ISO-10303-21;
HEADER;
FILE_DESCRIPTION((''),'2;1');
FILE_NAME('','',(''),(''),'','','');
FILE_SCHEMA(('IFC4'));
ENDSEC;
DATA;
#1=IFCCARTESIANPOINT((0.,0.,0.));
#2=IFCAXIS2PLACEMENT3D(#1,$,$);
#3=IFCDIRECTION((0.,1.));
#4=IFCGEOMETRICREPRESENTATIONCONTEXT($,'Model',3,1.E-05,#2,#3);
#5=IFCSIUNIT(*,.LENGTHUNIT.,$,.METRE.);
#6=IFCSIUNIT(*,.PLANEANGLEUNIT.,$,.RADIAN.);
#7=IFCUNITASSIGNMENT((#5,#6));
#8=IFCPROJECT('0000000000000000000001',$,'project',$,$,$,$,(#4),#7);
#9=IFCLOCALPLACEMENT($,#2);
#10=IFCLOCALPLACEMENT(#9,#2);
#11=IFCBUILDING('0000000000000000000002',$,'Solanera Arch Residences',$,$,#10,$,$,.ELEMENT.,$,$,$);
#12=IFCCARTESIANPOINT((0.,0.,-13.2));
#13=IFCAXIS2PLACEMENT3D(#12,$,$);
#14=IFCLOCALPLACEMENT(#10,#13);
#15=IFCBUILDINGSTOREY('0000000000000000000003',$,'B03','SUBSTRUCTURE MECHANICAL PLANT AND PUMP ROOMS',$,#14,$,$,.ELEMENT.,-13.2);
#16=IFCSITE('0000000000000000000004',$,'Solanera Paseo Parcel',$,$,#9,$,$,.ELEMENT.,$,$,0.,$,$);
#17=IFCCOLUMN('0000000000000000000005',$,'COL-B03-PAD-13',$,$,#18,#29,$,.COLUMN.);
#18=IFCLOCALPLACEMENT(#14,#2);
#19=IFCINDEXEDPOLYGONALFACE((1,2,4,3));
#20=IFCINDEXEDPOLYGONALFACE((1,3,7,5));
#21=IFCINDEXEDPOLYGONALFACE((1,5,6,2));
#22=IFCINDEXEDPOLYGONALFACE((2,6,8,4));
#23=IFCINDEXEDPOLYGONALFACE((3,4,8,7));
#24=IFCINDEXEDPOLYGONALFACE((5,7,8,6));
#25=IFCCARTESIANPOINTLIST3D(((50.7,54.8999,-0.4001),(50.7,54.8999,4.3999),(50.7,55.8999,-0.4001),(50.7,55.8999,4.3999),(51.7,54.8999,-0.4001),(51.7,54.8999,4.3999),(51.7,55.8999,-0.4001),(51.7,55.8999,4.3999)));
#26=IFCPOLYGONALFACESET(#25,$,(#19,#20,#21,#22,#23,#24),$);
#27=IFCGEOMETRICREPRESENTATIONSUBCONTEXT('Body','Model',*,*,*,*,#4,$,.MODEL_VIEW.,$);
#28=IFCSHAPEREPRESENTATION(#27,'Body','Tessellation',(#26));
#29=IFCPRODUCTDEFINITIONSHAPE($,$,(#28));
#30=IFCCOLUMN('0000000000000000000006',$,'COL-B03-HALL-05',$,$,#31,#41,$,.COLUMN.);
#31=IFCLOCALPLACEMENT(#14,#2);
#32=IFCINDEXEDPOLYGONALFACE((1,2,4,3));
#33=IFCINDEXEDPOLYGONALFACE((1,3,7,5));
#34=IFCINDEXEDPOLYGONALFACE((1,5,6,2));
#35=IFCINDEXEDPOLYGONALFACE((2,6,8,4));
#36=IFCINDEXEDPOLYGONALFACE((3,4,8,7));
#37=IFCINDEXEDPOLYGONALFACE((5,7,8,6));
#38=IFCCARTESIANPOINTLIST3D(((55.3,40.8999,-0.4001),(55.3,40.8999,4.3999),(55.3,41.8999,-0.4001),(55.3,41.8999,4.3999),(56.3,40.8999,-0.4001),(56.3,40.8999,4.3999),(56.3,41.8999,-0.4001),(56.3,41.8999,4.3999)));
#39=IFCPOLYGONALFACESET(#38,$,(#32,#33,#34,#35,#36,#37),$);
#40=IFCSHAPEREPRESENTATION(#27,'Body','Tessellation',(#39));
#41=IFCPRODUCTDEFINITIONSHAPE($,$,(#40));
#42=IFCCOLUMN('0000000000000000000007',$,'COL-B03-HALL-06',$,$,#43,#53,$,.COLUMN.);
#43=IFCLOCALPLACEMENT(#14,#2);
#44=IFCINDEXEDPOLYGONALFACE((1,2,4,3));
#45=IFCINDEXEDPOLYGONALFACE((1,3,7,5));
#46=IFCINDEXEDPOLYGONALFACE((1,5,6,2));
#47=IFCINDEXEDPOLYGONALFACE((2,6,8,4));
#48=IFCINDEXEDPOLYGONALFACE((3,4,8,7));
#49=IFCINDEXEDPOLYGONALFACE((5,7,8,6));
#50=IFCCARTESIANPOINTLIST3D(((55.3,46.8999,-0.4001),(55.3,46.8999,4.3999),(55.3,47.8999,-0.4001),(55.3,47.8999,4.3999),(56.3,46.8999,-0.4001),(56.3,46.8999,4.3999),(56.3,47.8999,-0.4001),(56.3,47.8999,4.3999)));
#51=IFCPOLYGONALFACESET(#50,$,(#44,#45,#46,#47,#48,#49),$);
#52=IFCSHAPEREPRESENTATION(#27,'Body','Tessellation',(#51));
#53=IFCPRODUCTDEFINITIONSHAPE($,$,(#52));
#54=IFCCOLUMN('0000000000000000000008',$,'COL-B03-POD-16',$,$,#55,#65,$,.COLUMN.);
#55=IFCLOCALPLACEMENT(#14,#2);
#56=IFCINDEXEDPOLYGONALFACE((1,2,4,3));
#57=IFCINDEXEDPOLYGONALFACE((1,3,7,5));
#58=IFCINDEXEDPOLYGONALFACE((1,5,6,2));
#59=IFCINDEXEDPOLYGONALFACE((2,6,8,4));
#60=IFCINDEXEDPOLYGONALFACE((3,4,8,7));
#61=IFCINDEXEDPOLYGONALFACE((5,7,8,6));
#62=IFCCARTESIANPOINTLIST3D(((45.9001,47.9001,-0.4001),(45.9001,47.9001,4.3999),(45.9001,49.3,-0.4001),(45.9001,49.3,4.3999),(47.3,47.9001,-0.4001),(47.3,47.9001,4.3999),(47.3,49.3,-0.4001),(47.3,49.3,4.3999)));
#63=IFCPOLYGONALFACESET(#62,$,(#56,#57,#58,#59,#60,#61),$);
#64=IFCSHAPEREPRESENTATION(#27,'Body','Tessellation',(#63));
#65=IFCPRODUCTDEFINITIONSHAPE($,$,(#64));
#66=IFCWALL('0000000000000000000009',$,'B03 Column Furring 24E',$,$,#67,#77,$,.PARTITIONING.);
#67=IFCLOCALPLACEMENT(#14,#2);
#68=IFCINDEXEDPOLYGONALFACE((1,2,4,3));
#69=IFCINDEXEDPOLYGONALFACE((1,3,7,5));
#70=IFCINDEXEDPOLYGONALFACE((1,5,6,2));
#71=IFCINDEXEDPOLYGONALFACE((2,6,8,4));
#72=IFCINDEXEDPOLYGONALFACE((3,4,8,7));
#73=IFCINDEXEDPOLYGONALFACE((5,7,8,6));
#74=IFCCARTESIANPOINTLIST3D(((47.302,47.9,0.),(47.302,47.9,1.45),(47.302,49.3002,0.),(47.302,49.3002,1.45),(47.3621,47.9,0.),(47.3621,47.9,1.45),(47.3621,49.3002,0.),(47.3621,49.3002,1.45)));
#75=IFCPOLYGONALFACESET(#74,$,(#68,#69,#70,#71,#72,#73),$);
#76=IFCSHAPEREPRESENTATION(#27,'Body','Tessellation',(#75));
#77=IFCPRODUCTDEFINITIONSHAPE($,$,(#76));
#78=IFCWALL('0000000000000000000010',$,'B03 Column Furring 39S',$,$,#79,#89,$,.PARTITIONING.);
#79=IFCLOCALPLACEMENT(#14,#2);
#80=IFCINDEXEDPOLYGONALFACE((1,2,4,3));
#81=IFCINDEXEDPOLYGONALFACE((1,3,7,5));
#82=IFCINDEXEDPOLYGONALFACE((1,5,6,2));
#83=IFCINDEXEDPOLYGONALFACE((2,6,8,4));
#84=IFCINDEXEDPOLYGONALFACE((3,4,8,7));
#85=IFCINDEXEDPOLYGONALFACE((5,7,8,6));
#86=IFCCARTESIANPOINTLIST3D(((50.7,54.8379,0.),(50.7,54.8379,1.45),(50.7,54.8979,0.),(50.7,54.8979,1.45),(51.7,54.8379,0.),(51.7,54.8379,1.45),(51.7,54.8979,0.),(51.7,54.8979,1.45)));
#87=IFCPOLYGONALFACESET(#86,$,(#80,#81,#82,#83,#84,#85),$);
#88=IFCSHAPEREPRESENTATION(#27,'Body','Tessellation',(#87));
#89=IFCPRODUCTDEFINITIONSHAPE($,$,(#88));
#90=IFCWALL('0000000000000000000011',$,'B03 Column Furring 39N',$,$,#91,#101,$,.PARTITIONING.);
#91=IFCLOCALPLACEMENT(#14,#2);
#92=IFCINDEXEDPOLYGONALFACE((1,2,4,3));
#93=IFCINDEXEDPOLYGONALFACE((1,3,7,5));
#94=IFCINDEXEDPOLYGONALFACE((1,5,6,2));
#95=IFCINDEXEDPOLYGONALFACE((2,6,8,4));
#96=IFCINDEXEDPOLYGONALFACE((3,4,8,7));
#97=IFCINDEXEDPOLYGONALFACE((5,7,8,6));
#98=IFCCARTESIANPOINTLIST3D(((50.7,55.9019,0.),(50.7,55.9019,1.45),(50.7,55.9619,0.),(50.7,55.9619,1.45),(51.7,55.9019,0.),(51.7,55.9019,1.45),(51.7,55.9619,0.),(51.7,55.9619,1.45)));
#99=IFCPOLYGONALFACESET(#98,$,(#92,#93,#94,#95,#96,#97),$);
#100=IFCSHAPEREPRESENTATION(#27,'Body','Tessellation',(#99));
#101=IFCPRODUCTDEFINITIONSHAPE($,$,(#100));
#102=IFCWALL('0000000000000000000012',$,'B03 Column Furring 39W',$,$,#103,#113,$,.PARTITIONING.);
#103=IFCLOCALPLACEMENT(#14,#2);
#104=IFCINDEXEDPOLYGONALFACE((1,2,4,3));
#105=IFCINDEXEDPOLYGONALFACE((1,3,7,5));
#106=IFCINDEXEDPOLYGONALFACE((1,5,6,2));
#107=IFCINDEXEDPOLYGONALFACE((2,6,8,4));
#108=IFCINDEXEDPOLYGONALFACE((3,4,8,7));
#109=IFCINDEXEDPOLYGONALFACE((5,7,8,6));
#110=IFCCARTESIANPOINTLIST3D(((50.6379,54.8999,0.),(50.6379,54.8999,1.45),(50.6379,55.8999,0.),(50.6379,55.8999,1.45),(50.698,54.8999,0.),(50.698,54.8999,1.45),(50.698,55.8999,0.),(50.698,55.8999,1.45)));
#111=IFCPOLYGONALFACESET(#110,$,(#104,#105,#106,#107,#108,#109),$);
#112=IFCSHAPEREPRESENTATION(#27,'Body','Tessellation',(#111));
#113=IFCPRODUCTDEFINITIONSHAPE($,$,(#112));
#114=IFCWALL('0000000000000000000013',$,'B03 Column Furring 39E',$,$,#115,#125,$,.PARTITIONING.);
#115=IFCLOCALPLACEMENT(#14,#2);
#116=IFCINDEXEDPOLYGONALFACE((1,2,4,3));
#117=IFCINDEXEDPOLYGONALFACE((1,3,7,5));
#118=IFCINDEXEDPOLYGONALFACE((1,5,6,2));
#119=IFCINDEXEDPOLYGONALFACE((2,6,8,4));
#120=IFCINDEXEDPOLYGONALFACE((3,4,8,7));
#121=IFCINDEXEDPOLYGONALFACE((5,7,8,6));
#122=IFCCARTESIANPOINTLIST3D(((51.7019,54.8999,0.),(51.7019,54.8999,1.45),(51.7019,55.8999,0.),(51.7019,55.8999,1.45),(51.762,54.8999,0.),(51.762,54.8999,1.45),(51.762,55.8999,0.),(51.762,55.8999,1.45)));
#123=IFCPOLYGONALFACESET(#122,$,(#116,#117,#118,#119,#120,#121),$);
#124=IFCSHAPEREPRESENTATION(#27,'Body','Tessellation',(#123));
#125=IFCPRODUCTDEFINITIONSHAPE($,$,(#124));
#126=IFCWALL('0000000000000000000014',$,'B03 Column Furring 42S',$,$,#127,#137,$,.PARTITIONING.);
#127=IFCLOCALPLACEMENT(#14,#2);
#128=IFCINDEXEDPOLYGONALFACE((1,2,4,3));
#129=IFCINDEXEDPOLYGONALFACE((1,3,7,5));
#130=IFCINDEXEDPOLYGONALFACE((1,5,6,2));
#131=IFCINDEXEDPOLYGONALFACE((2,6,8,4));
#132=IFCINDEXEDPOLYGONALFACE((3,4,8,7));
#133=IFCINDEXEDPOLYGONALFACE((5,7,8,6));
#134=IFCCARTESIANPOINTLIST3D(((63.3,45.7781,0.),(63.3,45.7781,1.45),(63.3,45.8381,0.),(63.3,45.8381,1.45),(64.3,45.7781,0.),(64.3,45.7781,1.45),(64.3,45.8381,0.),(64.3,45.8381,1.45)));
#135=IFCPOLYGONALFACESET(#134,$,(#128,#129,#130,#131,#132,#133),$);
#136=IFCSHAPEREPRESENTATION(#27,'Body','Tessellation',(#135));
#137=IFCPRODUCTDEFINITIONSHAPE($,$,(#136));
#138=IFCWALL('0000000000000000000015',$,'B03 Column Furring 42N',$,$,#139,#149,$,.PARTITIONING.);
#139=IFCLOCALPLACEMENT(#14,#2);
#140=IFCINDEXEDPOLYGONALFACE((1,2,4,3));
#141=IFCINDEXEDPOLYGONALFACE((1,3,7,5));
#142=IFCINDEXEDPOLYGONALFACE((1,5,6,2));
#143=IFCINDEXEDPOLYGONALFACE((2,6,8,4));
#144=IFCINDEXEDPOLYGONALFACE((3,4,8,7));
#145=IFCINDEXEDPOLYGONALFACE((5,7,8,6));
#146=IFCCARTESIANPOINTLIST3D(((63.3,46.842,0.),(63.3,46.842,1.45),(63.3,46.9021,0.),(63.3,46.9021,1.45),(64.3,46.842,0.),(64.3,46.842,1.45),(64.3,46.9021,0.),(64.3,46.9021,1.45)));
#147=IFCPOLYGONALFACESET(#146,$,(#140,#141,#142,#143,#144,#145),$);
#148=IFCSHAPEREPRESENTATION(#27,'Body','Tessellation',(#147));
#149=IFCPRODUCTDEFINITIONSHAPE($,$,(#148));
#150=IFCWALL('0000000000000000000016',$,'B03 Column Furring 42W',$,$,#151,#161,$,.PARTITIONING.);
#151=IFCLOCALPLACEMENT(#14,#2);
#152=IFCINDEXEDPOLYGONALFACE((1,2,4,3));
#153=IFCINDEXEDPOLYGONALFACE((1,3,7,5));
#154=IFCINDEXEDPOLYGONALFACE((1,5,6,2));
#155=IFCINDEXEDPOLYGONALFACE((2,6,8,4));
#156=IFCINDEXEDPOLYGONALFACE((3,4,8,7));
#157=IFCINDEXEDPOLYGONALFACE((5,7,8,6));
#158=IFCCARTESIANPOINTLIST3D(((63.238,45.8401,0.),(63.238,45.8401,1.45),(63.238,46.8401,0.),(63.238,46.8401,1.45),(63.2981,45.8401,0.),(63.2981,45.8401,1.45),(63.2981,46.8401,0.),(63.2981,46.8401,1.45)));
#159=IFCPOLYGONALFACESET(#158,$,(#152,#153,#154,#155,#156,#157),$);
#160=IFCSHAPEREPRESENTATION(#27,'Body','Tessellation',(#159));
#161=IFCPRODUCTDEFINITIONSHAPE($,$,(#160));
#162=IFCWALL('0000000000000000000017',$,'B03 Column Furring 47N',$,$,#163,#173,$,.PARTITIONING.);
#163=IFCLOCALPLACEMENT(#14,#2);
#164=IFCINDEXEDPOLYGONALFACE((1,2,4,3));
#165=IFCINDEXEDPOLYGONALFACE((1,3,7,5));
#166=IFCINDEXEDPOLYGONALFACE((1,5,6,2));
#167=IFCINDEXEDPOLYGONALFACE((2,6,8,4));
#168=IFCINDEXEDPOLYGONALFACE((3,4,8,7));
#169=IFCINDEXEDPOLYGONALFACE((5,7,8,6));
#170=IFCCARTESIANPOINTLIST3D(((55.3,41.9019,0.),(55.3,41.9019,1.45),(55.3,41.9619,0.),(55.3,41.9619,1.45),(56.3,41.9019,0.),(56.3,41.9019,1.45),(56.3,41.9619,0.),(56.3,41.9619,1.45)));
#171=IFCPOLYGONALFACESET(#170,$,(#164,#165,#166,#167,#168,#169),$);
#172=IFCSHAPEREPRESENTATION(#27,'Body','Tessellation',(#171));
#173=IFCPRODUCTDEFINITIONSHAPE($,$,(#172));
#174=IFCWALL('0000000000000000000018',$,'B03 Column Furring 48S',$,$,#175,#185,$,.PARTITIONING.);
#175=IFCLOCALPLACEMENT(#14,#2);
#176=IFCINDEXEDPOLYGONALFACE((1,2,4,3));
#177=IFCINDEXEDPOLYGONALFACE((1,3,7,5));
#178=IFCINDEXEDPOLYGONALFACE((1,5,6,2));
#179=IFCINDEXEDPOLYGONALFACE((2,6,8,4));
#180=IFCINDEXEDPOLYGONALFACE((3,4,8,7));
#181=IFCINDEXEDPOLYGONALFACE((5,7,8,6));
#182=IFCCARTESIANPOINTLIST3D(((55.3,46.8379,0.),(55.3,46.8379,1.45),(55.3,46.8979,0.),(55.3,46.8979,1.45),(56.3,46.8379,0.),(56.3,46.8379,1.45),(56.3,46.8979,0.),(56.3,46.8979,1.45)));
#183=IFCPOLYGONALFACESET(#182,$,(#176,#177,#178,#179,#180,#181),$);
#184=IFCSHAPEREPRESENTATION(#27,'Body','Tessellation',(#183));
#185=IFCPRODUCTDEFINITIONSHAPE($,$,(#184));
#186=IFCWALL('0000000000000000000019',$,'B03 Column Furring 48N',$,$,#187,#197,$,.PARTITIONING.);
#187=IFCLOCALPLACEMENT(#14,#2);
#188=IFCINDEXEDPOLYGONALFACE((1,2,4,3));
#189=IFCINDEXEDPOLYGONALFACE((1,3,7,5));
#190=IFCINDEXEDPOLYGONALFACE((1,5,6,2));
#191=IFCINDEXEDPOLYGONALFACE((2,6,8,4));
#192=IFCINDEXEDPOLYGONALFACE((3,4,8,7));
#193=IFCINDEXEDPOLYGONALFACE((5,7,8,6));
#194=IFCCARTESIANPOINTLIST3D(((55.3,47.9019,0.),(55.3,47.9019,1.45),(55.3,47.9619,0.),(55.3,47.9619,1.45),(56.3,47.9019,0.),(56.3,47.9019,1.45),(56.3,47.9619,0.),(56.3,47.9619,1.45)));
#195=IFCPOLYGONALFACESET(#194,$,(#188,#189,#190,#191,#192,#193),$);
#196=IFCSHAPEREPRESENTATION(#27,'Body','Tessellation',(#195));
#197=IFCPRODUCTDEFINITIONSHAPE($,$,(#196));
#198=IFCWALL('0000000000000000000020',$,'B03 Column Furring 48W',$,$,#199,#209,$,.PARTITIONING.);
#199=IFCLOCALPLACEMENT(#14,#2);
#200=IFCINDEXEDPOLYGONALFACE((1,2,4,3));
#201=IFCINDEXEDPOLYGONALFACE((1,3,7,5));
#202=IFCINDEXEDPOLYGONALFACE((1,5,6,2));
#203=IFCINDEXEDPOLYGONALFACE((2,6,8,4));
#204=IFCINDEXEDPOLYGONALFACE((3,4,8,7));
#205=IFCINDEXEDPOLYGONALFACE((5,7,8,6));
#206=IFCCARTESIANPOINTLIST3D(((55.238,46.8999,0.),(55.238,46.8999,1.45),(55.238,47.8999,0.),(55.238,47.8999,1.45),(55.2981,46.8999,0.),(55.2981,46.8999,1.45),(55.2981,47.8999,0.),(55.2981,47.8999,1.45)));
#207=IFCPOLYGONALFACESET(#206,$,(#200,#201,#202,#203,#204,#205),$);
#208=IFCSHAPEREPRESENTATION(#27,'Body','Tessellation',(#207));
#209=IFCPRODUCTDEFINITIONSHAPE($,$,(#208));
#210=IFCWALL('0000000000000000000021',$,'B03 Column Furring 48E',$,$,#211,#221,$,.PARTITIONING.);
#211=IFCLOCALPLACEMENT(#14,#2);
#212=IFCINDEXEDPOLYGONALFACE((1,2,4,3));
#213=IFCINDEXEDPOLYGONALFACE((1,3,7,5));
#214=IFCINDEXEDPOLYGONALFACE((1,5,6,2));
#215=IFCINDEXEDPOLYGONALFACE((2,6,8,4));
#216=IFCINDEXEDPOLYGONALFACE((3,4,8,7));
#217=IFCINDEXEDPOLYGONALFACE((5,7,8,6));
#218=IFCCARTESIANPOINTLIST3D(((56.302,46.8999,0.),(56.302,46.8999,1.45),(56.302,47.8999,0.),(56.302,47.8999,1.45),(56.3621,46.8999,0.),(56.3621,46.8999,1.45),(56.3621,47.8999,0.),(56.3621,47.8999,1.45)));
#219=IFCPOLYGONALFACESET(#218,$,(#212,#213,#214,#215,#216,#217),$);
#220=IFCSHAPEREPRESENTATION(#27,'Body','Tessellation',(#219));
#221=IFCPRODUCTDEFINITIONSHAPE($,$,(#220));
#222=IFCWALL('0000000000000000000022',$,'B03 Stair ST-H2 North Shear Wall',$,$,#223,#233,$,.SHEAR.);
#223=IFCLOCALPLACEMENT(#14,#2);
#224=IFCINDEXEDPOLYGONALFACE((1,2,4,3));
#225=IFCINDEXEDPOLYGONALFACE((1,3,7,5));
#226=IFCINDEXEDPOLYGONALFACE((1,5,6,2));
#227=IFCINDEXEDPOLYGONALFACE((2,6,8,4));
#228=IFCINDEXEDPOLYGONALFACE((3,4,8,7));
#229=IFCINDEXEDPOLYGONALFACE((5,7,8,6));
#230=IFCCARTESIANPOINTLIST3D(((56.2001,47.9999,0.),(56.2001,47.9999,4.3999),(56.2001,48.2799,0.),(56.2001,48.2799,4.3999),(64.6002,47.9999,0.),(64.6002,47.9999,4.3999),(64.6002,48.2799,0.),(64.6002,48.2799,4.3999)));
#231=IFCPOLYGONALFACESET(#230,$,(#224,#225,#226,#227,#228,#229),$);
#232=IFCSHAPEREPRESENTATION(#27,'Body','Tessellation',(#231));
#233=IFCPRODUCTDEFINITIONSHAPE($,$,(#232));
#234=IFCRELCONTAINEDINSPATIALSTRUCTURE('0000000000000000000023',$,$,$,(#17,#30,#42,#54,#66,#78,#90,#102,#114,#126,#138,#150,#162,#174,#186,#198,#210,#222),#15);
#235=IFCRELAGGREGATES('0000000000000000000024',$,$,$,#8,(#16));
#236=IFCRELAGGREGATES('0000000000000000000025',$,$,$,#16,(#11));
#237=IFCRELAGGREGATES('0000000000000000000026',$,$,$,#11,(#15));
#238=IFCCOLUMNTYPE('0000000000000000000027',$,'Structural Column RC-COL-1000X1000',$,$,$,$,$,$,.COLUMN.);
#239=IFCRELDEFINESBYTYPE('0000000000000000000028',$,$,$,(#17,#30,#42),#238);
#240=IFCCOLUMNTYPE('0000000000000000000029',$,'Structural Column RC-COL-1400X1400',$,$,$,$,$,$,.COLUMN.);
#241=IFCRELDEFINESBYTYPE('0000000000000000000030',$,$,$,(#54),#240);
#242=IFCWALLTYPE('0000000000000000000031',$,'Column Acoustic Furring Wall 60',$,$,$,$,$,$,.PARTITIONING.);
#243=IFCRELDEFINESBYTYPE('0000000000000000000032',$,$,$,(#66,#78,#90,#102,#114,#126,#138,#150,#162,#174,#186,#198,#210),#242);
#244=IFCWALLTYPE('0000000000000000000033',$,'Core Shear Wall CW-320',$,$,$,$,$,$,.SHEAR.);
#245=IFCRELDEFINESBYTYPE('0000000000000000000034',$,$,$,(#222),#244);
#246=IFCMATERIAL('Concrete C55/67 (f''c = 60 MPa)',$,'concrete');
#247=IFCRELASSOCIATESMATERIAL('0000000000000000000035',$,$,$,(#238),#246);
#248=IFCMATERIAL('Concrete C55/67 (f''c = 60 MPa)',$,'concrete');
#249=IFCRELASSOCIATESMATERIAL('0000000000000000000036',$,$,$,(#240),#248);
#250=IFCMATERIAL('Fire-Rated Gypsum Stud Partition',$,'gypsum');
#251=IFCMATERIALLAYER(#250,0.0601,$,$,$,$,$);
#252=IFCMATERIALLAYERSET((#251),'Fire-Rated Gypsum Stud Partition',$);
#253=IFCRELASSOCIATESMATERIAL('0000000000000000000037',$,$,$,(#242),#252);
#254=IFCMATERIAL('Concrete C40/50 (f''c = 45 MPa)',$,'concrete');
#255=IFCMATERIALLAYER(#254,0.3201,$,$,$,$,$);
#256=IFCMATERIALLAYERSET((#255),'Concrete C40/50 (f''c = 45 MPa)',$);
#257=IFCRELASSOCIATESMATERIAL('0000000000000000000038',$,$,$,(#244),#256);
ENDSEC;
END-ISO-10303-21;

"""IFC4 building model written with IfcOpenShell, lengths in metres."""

from ifc_helpers import new_model, si_unit, direction, frame, frame_2d, origin, origin_2d, place, context, subcontext, project, spatial, rectangle, extrude, material, layer, layer_set, material_profile, profile_set, type_object, element, save


model = new_model("IFC4")

# Units and contexts
model_context = context("Model", 3, precision=1e-05, world=origin(), true_north=direction((0.0, 1.0)))
body_context = subcontext(model_context, "Body", "Model", "MODEL_VIEW")
ifc_project = project(units=[si_unit("LENGTHUNIT", "METRE"), si_unit("PLANEANGLEUNIT", "RADIAN")], contexts=[model_context])

# Site, building, storey
site_placement = place(None, origin())
site = spatial("IfcSite", under=ifc_project, at=site_placement, Name="Solanera Paseo Parcel", CompositionType="ELEMENT", RefElevation=0.0)
building_placement = place(site_placement, origin())
building = spatial("IfcBuilding", under=site, at=building_placement, Name="Solanera Arch Residences", CompositionType="ELEMENT")
storey_placement = place(building_placement, frame((0.0, 0.0, -13.2)))
storey = spatial("IfcBuildingStorey", under=building, at=storey_placement, Name="B03", Description="SUBSTRUCTURE MECHANICAL PLANT AND PUMP ROOMS", CompositionType="ELEMENT", Elevation=-13.2)

# Columns
ifc_material_1 = material(Name="Concrete C55/67 (f'c = 60 MPa)", Category="concrete")
ifc_material_profile_1 = material_profile(ifc_material_1, rectangle(XDim=1.0, YDim=1.0, at=origin_2d()))
ifc_profile_set_1 = profile_set([ifc_material_profile_1], Name="Concrete C55/67 (f'c = 60 MPa)")
column_type_1 = type_object("IfcColumnType", Name="Structural Column RC-COL-1000X1000", PredefinedType="COLUMN", material=ifc_profile_set_1)
for number, where, z_axis, x_axis, name in (
    (1, (51.2, 55.3999, -0.4001), (0.0, 0.0, 1.0), (1.0, 0.0, 0.0), "COL-B03-PAD-13"),
    (2, (55.8, 41.3999, -0.4001), (0.0, 0.0, 1.0), (1.0, 0.0, 0.0), "COL-B03-HALL-05"),
    (3, (55.8, 47.3999, -0.4001), (0.0, 0.0, 1.0), (1.0, 0.0, 0.0), "COL-B03-HALL-06"),
):
    element("IfcColumn", number, at=place(storey_placement, frame(where, z_axis=z_axis, x_axis=x_axis)), inside=storey, type_object=column_type_1, Name=name, PredefinedType="COLUMN", context=body_context, shape_type="SweptSolid", body=[
        extrude(rectangle(XDim=1.0, YDim=1.0, at=origin_2d()), origin(), (0.0, 0.0, 1.0), 4.8),
    ])
ifc_material_2 = material(Name="Concrete C55/67 (f'c = 60 MPa)", Category="concrete")
ifc_material_profile_2 = material_profile(ifc_material_2, rectangle(XDim=1.3999, YDim=1.3999, at=origin_2d()))
ifc_profile_set_2 = profile_set([ifc_material_profile_2], Name="Concrete C55/67 (f'c = 60 MPa)")
column_type_2 = type_object("IfcColumnType", Name="Structural Column RC-COL-1400X1400", PredefinedType="COLUMN", material=ifc_profile_set_2)
column_placement = place(storey_placement, frame((46.6001, 48.6001, -0.4001), z_axis=(0.0, 0.0, 1.0), x_axis=(1.0, 0.0, 0.0)))
element("IfcColumn", 4, at=column_placement, inside=storey, type_object=column_type_2, Name="COL-B03-POD-16", PredefinedType="COLUMN", context=body_context, shape_type="SweptSolid", body=[
    extrude(rectangle(XDim=1.3999, YDim=1.3999, at=origin_2d()), origin(), (0.0, 0.0, 1.0), 4.8),
])

# Walls
ifc_material_3 = material(Name="Fire-Rated Gypsum Stud Partition", Category="gypsum")
ifc_layer_1 = layer(ifc_material_3, 0.0601)
ifc_layer_set_1 = layer_set([ifc_layer_1], Name="Fire-Rated Gypsum Stud Partition")
wall_type_1 = type_object("IfcWallType", Name="Column Acoustic Furring Wall 60", PredefinedType="PARTITIONING", material=ifc_layer_set_1)
wall_1_placement = place(storey_placement, frame((47.332, 47.8999, 0.0), z_axis=(0.0, 0.0, 1.0), x_axis=(0.0, 1.0, 0.0)))
element("IfcWall", 5, at=wall_1_placement, inside=storey, type_object=wall_type_1, Name="B03 Column Furring 24E", PredefinedType="PARTITIONING", context=body_context, shape_type="SweptSolid", body=[
    extrude(rectangle(XDim=1.4001, YDim=0.0601, at=frame_2d((0.7002, 0.0))), origin(), (0.0, 0.0, 1.0), 1.45),
])
for number, where, z_axis, x_axis, name in (
    (6, (50.7, 54.8679, 0.0), (0.0, 0.0, 1.0), (1.0, 0.0, 0.0), "B03 Column Furring 39S"),
    (7, (50.7, 55.9319, 0.0), (0.0, 0.0, 1.0), (1.0, 0.0, 0.0), "B03 Column Furring 39N"),
    (8, (50.668, 54.8999, 0.0), (0.0, 0.0, 1.0), (0.0, 1.0, 0.0), "B03 Column Furring 39W"),
    (9, (51.7319, 54.8999, 0.0), (0.0, 0.0, 1.0), (0.0, 1.0, 0.0), "B03 Column Furring 39E"),
    (10, (63.3, 45.8081, 0.0), (0.0, 0.0, 1.0), (1.0, 0.0, 0.0), "B03 Column Furring 42S"),
    (11, (63.3, 46.8721, 0.0), (0.0, 0.0, 1.0), (1.0, 0.0, 0.0), "B03 Column Furring 42N"),
    (12, (63.2681, 45.8401, 0.0), (0.0, 0.0, 1.0), (0.0, 1.0, 0.0), "B03 Column Furring 42W"),
    (13, (55.3, 41.9319, 0.0), (0.0, 0.0, 1.0), (1.0, 0.0, 0.0), "B03 Column Furring 47N"),
    (14, (55.3, 46.8679, 0.0), (0.0, 0.0, 1.0), (1.0, 0.0, 0.0), "B03 Column Furring 48S"),
    (15, (55.3, 47.9319, 0.0), (0.0, 0.0, 1.0), (1.0, 0.0, 0.0), "B03 Column Furring 48N"),
    (16, (55.2681, 46.8999, 0.0), (0.0, 0.0, 1.0), (0.0, 1.0, 0.0), "B03 Column Furring 48W"),
    (17, (56.332, 46.8999, 0.0), (0.0, 0.0, 1.0), (0.0, 1.0, 0.0), "B03 Column Furring 48E"),
):
    element("IfcWall", number, at=place(storey_placement, frame(where, z_axis=z_axis, x_axis=x_axis)), inside=storey, type_object=wall_type_1, Name=name, PredefinedType="PARTITIONING", context=body_context, shape_type="SweptSolid", body=[
        extrude(rectangle(XDim=1.0, YDim=0.0601, at=frame_2d((0.5, 0.0))), origin(), (0.0, 0.0, 1.0), 1.45),
    ])
ifc_material_4 = material(Name="Concrete C40/50 (f'c = 45 MPa)", Category="concrete")
ifc_layer_2 = layer(ifc_material_4, 0.3201)
ifc_layer_set_2 = layer_set([ifc_layer_2], Name="Concrete C40/50 (f'c = 45 MPa)")
wall_type_2 = type_object("IfcWallType", Name="Core Shear Wall CW-320", PredefinedType="SHEAR", material=ifc_layer_set_2)
wall_2_placement = place(storey_placement, frame((56.2, 48.1399, 0.0), z_axis=(0.0, 0.0, 1.0), x_axis=(1.0, 0.0, 0.0)))
element("IfcWall", 18, at=wall_2_placement, inside=storey, type_object=wall_type_2, Name="B03 Stair ST-H2 North Shear Wall", PredefinedType="SHEAR", context=body_context, shape_type="SweptSolid", body=[
    extrude(rectangle(XDim=8.4001, YDim=0.28, at=frame_2d((4.2002, 0.0))), origin(), (0.0, 0.0, 1.0), 4.3999),
])

save(model, "model.ifc")
